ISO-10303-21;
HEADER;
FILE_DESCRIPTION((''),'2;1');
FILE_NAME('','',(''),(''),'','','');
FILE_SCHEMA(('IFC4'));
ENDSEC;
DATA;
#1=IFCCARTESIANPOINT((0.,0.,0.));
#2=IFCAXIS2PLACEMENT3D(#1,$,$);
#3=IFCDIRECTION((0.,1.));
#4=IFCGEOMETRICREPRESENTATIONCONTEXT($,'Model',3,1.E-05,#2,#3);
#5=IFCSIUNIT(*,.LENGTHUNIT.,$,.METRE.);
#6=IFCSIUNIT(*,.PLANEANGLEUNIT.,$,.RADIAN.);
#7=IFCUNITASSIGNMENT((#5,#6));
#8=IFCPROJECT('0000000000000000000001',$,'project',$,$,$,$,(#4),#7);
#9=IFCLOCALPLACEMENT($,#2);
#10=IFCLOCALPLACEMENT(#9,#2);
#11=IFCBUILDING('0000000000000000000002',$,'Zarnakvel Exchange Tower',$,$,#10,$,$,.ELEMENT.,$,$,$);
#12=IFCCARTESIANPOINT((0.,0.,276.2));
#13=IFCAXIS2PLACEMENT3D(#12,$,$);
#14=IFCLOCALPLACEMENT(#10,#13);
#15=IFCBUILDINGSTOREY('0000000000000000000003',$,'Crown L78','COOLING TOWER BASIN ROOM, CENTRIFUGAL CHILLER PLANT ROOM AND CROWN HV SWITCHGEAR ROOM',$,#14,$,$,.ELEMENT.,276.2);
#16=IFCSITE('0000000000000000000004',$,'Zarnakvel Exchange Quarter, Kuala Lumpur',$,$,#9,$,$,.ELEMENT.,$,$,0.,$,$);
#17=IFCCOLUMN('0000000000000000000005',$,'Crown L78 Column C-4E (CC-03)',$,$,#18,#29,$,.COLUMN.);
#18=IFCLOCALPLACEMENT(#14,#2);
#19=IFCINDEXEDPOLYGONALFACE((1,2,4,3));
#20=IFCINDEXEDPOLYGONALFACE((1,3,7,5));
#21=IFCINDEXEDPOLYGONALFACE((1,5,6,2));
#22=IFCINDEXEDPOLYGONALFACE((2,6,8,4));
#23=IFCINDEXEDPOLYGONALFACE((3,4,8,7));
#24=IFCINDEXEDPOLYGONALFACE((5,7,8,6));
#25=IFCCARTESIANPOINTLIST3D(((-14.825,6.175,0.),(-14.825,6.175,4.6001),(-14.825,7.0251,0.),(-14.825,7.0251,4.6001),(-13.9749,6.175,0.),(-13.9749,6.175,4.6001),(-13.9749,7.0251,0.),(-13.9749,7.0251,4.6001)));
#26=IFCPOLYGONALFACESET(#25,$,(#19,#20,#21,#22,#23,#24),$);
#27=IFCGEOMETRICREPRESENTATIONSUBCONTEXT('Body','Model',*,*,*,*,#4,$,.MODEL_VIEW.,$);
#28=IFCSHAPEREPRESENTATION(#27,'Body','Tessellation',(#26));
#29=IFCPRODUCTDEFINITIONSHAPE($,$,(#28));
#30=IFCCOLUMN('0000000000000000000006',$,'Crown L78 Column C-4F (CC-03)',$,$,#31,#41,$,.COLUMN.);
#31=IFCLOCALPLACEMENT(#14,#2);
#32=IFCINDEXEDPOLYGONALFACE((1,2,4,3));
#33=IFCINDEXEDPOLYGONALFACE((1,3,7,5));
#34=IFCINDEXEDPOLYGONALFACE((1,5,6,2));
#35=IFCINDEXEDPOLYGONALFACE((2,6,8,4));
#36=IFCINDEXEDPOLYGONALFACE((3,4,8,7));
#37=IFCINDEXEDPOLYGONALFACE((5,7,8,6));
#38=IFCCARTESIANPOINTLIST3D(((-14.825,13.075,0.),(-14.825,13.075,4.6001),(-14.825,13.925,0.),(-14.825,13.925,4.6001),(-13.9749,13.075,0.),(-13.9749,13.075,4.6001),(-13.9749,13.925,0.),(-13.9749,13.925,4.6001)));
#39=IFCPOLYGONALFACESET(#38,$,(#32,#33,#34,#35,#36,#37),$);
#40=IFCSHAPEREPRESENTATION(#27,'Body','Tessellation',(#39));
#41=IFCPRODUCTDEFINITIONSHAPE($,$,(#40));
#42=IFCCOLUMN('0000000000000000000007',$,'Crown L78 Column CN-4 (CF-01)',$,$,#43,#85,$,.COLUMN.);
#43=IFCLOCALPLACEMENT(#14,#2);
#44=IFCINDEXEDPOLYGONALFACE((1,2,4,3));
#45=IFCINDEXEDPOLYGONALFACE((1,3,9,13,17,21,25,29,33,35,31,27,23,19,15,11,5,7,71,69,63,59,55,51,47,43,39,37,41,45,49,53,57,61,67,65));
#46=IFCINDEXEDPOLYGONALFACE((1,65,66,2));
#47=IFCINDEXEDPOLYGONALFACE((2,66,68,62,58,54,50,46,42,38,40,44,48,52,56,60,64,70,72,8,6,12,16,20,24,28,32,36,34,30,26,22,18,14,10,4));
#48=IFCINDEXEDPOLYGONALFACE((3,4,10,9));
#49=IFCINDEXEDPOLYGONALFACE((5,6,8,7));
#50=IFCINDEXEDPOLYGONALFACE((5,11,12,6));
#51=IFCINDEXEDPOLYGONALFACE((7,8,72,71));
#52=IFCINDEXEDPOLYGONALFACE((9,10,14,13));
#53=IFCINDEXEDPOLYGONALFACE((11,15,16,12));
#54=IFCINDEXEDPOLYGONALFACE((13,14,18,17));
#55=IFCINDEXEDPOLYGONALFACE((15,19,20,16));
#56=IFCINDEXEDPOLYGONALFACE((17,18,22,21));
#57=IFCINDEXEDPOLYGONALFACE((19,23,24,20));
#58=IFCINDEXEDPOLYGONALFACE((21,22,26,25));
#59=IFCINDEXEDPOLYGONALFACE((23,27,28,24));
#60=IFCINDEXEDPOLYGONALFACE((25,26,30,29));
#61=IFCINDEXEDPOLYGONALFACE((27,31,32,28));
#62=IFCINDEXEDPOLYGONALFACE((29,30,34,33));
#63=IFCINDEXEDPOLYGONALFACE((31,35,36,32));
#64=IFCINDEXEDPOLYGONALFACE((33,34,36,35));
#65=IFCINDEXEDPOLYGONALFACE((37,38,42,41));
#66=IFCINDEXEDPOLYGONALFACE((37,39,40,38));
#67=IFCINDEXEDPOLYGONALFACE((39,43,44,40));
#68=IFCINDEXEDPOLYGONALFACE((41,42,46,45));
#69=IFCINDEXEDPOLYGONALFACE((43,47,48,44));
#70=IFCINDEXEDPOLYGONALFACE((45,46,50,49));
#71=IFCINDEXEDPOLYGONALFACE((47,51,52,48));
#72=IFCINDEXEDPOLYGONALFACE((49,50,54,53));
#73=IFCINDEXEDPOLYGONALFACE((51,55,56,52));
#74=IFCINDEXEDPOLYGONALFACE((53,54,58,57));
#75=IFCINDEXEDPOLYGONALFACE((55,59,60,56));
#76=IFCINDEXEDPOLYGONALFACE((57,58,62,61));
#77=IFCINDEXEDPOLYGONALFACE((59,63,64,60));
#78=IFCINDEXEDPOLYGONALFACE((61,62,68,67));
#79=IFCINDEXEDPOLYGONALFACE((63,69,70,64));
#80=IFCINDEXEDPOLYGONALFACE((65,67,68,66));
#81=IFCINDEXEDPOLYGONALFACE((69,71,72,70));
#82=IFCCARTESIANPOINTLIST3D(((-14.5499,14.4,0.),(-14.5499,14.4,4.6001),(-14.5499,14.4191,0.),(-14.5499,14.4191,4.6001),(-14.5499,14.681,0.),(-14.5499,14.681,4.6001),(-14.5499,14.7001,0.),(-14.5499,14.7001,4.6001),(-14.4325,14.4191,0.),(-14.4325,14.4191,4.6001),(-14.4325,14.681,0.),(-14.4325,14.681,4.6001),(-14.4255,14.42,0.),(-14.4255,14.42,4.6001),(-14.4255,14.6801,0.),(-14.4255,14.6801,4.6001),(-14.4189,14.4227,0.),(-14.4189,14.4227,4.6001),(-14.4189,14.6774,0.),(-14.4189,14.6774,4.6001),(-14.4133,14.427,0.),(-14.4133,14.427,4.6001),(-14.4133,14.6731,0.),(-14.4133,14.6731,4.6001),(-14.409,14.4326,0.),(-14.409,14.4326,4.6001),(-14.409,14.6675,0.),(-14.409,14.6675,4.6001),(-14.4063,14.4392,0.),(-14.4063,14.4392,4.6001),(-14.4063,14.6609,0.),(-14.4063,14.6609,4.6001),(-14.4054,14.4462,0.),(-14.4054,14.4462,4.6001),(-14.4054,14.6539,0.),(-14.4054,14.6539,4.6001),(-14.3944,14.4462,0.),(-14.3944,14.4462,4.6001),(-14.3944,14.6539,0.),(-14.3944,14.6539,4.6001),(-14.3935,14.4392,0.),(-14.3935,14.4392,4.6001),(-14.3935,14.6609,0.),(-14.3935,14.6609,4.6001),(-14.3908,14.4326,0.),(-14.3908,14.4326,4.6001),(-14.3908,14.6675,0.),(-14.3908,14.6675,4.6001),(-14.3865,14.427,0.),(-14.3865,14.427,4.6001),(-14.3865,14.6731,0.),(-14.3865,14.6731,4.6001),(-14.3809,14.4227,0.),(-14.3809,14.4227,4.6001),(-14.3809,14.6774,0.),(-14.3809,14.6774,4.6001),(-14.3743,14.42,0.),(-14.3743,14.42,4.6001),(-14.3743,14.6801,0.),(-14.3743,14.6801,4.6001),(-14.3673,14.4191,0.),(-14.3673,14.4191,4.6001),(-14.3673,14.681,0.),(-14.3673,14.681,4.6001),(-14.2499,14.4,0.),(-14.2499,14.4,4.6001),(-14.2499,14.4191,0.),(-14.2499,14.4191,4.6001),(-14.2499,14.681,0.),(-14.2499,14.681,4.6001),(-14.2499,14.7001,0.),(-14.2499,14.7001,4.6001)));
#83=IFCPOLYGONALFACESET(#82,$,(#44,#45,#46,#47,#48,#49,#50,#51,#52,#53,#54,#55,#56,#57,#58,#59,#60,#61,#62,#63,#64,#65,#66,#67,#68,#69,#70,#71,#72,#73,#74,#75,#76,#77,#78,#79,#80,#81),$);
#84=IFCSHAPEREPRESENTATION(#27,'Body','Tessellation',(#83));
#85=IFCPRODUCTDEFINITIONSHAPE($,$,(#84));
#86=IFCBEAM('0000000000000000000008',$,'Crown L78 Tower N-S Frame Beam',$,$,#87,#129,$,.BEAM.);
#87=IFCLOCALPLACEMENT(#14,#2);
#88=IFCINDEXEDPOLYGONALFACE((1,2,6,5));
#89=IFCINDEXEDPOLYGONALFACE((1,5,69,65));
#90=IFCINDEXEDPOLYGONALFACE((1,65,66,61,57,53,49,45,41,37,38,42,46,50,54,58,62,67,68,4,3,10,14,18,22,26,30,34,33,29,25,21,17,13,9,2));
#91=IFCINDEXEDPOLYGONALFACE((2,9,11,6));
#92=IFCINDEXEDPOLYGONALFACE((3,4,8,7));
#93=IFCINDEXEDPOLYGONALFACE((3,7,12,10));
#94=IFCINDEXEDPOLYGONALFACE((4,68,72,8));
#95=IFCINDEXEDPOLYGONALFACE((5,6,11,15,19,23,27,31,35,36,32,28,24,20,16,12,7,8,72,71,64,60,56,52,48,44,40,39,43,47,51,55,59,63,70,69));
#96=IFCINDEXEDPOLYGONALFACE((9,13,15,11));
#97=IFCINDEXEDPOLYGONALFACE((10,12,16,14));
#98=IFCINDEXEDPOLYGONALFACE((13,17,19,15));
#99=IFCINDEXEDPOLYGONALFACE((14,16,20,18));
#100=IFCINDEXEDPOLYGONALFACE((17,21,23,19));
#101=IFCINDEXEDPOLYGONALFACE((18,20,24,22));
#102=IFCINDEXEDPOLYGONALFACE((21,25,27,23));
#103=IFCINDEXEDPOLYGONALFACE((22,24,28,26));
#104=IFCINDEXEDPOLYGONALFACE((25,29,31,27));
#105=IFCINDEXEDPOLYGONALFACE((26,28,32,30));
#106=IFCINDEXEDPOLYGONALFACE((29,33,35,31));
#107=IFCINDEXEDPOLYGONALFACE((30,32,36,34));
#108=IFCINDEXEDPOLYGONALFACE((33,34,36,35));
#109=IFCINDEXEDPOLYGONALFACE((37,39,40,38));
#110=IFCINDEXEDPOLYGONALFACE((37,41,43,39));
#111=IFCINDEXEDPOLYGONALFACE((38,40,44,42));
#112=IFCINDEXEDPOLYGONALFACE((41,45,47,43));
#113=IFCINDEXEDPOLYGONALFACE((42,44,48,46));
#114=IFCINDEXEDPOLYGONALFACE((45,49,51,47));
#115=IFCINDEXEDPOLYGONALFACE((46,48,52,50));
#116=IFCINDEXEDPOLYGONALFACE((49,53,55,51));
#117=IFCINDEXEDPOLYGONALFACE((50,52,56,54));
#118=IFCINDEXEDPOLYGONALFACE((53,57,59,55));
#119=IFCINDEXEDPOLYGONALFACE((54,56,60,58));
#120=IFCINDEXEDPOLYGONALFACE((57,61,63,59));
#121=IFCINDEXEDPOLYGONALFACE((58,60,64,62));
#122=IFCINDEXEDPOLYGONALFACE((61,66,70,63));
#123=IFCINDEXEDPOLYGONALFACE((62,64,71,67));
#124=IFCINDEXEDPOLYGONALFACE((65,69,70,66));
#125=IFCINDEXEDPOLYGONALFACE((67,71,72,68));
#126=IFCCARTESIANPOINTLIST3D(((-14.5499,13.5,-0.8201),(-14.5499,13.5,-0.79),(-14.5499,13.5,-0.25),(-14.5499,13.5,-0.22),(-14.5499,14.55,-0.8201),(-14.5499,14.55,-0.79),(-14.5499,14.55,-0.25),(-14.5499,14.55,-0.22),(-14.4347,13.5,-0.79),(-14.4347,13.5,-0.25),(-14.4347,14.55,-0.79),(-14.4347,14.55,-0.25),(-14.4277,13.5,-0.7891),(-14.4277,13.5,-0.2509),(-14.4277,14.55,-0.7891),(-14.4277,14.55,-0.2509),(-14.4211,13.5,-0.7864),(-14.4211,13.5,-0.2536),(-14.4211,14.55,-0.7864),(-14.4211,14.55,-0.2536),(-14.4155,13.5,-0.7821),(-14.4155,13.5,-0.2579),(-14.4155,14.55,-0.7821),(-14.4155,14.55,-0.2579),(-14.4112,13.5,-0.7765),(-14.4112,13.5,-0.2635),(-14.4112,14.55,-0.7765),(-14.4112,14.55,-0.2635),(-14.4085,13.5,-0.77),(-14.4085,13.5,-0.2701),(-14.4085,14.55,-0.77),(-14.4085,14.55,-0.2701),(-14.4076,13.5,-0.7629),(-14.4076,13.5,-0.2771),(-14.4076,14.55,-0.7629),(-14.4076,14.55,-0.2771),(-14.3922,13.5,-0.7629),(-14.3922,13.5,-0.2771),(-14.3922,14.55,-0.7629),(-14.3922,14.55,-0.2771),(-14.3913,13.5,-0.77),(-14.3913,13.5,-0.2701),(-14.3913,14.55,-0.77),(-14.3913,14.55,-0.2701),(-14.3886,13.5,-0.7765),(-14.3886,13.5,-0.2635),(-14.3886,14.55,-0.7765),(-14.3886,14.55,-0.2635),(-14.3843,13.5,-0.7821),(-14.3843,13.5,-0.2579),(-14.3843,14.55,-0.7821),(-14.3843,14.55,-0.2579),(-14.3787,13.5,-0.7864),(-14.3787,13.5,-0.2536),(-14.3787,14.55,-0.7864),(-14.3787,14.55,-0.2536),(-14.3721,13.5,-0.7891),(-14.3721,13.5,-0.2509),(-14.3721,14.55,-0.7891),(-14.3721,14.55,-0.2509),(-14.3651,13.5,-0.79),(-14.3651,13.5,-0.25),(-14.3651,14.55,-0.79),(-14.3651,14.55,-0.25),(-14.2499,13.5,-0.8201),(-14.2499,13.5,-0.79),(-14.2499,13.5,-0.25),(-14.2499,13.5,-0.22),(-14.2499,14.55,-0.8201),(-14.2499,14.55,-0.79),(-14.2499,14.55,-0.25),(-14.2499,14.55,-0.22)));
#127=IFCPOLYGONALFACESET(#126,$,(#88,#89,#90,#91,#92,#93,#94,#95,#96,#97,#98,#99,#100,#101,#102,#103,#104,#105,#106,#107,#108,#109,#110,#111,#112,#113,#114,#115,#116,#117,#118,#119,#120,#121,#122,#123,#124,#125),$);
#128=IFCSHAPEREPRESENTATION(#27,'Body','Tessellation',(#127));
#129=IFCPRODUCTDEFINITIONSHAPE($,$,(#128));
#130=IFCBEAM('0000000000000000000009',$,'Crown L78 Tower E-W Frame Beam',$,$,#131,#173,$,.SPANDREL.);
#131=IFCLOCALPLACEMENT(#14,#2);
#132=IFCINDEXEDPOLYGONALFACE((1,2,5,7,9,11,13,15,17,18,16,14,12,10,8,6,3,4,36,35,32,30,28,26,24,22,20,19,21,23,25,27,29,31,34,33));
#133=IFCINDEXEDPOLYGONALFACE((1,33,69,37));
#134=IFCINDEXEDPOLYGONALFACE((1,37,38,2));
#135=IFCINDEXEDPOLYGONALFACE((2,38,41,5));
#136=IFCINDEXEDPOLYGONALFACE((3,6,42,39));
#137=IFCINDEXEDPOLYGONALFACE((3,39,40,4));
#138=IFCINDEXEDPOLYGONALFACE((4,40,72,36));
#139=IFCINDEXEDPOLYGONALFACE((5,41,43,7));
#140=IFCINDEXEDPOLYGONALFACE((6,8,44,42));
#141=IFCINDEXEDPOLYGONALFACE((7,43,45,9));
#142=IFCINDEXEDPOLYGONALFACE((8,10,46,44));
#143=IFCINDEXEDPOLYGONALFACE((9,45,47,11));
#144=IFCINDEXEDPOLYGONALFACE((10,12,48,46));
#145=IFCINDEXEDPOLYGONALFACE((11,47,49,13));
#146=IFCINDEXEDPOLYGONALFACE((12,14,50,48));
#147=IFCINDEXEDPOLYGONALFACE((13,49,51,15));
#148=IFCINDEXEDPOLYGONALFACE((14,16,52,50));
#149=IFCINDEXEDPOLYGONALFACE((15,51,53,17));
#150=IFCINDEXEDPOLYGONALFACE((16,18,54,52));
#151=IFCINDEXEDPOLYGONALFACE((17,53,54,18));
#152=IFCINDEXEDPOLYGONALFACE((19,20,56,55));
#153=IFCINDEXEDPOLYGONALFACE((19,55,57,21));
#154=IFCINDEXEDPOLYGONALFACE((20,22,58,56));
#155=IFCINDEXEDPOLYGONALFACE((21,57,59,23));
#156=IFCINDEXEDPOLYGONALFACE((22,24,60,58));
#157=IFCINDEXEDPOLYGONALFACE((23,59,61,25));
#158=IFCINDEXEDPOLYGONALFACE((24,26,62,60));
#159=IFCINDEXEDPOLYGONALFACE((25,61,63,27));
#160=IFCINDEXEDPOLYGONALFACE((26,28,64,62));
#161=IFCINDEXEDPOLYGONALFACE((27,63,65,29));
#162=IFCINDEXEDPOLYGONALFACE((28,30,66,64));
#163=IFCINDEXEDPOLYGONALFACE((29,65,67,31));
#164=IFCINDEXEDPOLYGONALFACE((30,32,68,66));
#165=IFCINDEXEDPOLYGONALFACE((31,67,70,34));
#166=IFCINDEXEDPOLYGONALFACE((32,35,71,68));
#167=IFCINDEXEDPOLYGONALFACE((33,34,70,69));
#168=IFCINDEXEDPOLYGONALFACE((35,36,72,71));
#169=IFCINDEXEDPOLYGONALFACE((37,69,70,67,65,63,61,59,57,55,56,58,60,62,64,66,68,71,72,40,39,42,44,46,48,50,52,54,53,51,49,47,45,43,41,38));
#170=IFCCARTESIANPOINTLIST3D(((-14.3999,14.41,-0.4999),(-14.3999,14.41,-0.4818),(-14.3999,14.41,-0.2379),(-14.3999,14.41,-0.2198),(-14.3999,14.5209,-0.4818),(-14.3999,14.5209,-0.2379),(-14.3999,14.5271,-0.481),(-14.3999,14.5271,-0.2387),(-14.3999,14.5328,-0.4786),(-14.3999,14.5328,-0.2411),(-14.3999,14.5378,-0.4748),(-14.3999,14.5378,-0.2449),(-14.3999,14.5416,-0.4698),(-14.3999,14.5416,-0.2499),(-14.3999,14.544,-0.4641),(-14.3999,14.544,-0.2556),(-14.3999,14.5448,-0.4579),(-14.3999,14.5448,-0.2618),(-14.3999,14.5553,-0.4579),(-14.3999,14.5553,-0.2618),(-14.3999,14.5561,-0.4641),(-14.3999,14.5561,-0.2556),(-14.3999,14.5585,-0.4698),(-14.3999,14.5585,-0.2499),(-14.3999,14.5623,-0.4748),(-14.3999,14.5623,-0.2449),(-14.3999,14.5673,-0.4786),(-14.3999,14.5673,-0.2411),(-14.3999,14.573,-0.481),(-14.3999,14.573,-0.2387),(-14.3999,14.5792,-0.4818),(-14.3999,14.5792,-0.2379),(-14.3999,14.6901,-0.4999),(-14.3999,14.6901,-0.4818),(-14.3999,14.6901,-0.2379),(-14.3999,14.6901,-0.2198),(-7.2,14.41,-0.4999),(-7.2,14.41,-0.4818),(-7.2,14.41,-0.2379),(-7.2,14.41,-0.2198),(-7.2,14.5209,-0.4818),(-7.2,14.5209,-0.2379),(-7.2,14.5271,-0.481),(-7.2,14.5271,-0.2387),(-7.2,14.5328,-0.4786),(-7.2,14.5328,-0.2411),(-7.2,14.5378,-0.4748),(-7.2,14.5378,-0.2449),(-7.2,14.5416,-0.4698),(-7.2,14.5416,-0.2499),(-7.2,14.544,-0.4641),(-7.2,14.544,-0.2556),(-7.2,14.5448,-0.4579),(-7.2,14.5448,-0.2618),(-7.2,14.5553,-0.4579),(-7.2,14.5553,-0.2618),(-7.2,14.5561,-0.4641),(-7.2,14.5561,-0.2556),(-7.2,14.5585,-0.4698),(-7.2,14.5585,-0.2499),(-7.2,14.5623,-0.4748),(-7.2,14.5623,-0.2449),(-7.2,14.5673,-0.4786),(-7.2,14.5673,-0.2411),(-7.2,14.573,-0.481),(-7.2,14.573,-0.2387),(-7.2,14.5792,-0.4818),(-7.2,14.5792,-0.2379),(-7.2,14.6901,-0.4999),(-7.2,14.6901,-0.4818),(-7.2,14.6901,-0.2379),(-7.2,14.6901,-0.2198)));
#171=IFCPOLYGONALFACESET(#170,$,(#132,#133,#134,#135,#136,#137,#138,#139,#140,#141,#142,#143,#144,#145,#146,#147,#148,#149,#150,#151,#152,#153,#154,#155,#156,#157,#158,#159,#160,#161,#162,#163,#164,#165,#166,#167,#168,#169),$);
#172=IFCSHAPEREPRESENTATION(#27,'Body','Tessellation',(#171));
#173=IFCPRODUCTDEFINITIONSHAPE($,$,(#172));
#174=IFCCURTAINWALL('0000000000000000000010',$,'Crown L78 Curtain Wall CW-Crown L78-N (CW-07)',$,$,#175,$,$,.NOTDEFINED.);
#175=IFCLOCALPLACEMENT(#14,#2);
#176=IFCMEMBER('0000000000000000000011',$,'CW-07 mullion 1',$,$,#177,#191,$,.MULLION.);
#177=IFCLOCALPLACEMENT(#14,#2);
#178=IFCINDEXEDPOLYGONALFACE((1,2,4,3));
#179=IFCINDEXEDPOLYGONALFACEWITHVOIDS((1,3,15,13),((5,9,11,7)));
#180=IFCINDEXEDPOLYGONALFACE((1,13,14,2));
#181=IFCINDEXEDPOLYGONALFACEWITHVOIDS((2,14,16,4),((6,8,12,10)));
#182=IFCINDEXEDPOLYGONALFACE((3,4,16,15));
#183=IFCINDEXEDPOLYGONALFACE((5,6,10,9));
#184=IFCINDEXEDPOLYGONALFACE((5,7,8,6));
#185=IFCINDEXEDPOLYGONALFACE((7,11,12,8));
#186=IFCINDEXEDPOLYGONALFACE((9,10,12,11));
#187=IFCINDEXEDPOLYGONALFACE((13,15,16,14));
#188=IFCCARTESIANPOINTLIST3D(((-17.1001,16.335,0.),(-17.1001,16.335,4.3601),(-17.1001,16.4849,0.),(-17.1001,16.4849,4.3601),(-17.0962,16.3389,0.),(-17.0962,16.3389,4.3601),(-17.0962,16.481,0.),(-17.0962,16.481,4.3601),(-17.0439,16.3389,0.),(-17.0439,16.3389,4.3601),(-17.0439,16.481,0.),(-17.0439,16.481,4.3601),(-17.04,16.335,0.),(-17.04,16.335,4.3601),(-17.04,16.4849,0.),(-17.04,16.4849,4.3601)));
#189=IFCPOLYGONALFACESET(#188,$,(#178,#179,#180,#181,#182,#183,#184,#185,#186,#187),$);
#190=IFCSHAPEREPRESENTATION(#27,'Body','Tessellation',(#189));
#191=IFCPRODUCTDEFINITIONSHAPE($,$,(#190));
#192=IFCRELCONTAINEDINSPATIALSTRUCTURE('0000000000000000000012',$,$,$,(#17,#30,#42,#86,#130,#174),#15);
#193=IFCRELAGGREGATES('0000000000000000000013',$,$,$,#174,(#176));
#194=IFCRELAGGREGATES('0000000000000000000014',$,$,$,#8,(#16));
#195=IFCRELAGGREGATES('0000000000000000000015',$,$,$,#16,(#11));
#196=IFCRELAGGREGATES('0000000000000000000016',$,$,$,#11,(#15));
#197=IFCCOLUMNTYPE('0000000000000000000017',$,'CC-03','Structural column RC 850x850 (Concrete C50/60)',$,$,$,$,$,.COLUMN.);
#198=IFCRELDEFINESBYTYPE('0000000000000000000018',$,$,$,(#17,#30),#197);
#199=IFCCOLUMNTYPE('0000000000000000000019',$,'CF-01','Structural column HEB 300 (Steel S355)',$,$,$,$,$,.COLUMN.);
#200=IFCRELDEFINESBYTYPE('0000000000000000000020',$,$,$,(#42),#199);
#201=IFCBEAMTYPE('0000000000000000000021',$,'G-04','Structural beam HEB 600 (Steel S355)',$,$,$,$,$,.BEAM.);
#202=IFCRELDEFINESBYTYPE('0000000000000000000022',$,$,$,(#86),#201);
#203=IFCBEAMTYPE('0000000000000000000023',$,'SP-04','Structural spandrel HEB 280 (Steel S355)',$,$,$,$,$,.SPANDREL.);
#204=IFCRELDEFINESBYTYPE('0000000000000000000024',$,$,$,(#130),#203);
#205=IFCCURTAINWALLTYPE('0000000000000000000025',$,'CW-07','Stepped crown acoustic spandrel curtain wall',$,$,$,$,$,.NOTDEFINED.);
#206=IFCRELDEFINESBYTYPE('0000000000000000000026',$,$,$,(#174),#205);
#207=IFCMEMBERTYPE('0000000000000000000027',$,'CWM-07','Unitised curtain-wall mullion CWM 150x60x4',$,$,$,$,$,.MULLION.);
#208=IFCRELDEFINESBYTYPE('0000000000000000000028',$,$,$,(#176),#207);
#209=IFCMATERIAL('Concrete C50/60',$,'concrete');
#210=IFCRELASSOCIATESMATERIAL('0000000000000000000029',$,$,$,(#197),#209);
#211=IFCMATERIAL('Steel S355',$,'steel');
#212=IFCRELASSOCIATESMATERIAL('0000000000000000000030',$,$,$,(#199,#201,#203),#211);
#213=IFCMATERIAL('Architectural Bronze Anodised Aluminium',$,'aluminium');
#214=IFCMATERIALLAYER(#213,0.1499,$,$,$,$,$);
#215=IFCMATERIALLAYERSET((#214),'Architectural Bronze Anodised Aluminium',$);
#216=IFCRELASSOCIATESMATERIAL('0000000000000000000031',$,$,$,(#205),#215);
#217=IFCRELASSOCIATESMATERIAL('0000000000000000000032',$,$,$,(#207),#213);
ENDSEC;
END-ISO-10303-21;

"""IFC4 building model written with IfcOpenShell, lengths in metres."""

from ifc_helpers import new_model, si_unit, direction, frame, origin, origin_2d, place, context, subcontext, project, spatial, rectangle, hollow_rectangle, i_section, extrude, source, transform, mapped, material, layer, layer_set, material_profile, profile_set, type_object, element, aggregate, save


model = new_model("IFC4")

# Units and contexts
model_context = context("Model", 3, precision=1e-05, world=origin(), true_north=direction((0.0, 1.0)))
body_context = subcontext(model_context, "Body", "Model", "MODEL_VIEW")
ifc_project = project(units=[si_unit("LENGTHUNIT", "METRE"), si_unit("PLANEANGLEUNIT", "RADIAN")], contexts=[model_context])

# Site, building, storey
site_placement = place(None, origin())
site = spatial("IfcSite", under=ifc_project, at=site_placement, Name="Zarnakvel Exchange Quarter, Kuala Lumpur", CompositionType="ELEMENT", RefElevation=0.0)
building_placement = place(site_placement, origin())
building = spatial("IfcBuilding", under=site, at=building_placement, Name="Zarnakvel Exchange Tower", CompositionType="ELEMENT")
storey_placement = place(building_placement, frame((0.0, 0.0, 276.2)))
storey = spatial("IfcBuildingStorey", under=building, at=storey_placement, Name="Crown L78", Description="COOLING TOWER BASIN ROOM, CENTRIFUGAL CHILLER PLANT ROOM AND CROWN HV SWITCHGEAR ROOM", CompositionType="ELEMENT", Elevation=276.2)

# Columns
ifc_material_1 = material(Name="Concrete C50/60", Category="concrete")
ifc_material_profile_1 = material_profile(ifc_material_1, rectangle(XDim=0.8501, YDim=0.8501, at=origin_2d()))
ifc_profile_set_1 = profile_set([ifc_material_profile_1], Name="Concrete C50/60")
column_type_1 = type_object("IfcColumnType", Name="CC-03", Description="Structural column RC 850x850 (Concrete C50/60)", PredefinedType="COLUMN", material=ifc_profile_set_1)
for number, where, z_axis, x_axis, name in (
    (1, (-14.3999, 6.6001, 0.0), (0.0, 0.0, 1.0), (1.0, 0.0, 0.0), "Crown L78 Column C-4E (CC-03)"),
    (2, (-14.3999, 13.5, 0.0), (0.0, 0.0, 1.0), (1.0, 0.0, 0.0), "Crown L78 Column C-4F (CC-03)"),
):
    element("IfcColumn", number, at=place(storey_placement, frame(where, z_axis=z_axis, x_axis=x_axis)), inside=storey, type_object=column_type_1, Name=name, PredefinedType="COLUMN", context=body_context, shape_type="SweptSolid", body=[
        extrude(rectangle(XDim=0.8501, YDim=0.8501, at=origin_2d()), origin(), (0.0, 0.0, 1.0), 4.6001),
    ])
ifc_material_2 = material(Name="Steel S355", Category="steel")
ifc_material_profile_2 = material_profile(ifc_material_2, i_section(OverallWidth=0.3, OverallDepth=0.3, WebThickness=0.011, FlangeThickness=0.019, FilletRadius=0.0271, at=origin_2d()))
ifc_profile_set_2 = profile_set([ifc_material_profile_2], Name="Steel S355")
column_type_2 = type_object("IfcColumnType", Name="CF-01", Description="Structural column HEB 300 (Steel S355)", PredefinedType="COLUMN", material=ifc_profile_set_2)
column_placement = place(storey_placement, frame((-14.3999, 14.55, 0.0), z_axis=(0.0, 0.0, 1.0), x_axis=(1.0, 0.0, 0.0)))
element("IfcColumn", 3, at=column_placement, inside=storey, type_object=column_type_2, Name="Crown L78 Column CN-4 (CF-01)", PredefinedType="COLUMN", context=body_context, shape_type="SweptSolid", body=[
    extrude(i_section(OverallWidth=0.3, OverallDepth=0.3, WebThickness=0.011, FlangeThickness=0.019, FilletRadius=0.0271, at=origin_2d()), origin(), (0.0, 0.0, 1.0), 4.6001),
])

# Beams
ifc_material_profile_3 = material_profile(ifc_material_2, i_section(OverallWidth=0.3, OverallDepth=0.6001, WebThickness=0.0154, FlangeThickness=0.03, FilletRadius=0.0271, at=origin_2d()))
ifc_profile_set_3 = profile_set([ifc_material_profile_3], Name="Steel S355")
beam_type_1 = type_object("IfcBeamType", Name="G-04", Description="Structural beam HEB 600 (Steel S355)", PredefinedType="BEAM", material=ifc_profile_set_3)
beam_1_placement = place(storey_placement, frame((-14.3999, 13.5, -0.52), z_axis=(0.0, 1.0, 0.0), x_axis=(-1.0, 0.0, 0.0)))
element("IfcBeam", 4, at=beam_1_placement, inside=storey, type_object=beam_type_1, Name="Crown L78 Tower N-S Frame Beam", PredefinedType="BEAM", context=body_context, shape_type="SweptSolid", body=[
    extrude(i_section(OverallWidth=0.3, OverallDepth=0.6001, WebThickness=0.0154, FlangeThickness=0.03, FilletRadius=0.0271, at=origin_2d()), origin(), (0.0, 0.0, 1.0), 1.05),
])
ifc_material_profile_4 = material_profile(ifc_material_2, i_section(OverallWidth=0.28, OverallDepth=0.28, WebThickness=0.0105, FlangeThickness=0.0181, FilletRadius=0.0239, at=origin_2d()))
ifc_profile_set_4 = profile_set([ifc_material_profile_4], Name="Steel S355")
beam_type_2 = type_object("IfcBeamType", Name="SP-04", Description="Structural spandrel HEB 280 (Steel S355)", PredefinedType="SPANDREL", material=ifc_profile_set_4)
beam_2_placement = place(storey_placement, frame((-14.3999, 14.55, -0.3599), z_axis=(1.0, 0.0, 0.0), x_axis=(0.0, 1.0, 0.0)))
element("IfcBeam", 5, at=beam_2_placement, inside=storey, type_object=beam_type_2, Name="Crown L78 Tower E-W Frame Beam", PredefinedType="SPANDREL", context=body_context, shape_type="SweptSolid", body=[
    extrude(i_section(OverallWidth=0.28, OverallDepth=0.28, WebThickness=0.0105, FlangeThickness=0.0181, FilletRadius=0.0239, at=origin_2d()), origin(), (0.0, 0.0, 1.0), 7.2),
])

# Curtain wall, member
ifc_material_3 = material(Name="Architectural Bronze Anodised Aluminium", Category="aluminium")
ifc_layer_1 = layer(ifc_material_3, 0.1499)
ifc_layer_set_1 = layer_set([ifc_layer_1], Name="Architectural Bronze Anodised Aluminium")
curtain_wall_type = type_object("IfcCurtainWallType", Name="CW-07", Description="Stepped crown acoustic spandrel curtain wall", PredefinedType="NOTDEFINED", material=ifc_layer_set_1)
curtain_wall_1_placement = place(storey_placement, origin())
curtain_wall_1 = element("IfcCurtainWall", 6, at=curtain_wall_1_placement, inside=storey, type_object=curtain_wall_type, Name="Crown L78 Curtain Wall CW-Crown L78-N (CW-07)", PredefinedType="NOTDEFINED")
ifc_material_profile_5 = material_profile(ifc_material_3, hollow_rectangle(XDim=0.1499, YDim=0.0601, WallThickness=0.0039, at=origin_2d()))
ifc_profile_set_5 = profile_set([ifc_material_profile_5], Name="Architectural Bronze Anodised Aluminium")
member_type_1 = type_object("IfcMemberType", Name="CWM-07", Description="Unitised curtain-wall mullion CWM 150x60x4", PredefinedType="MULLION", material=ifc_profile_set_5)
shared_shape_1 = source(origin(), body_context, "Body", "SweptSolid", [
    extrude(hollow_rectangle(XDim=0.1499, YDim=0.0601, WallThickness=0.0039, at=origin_2d()), origin(), (0.0, 0.0, 1.0), 4.3601),
])
member_1_placement = place(storey_placement, frame((-17.0701, 16.4099, 0.0), z_axis=(0.0, 0.0, 1.0), x_axis=(0.0, 1.0, 0.0)))
member_1 = element("IfcMember", 7, at=member_1_placement, type_object=member_type_1, Name="CW-07 mullion 1", PredefinedType="MULLION", context=body_context, shape_type="MappedRepresentation", body=[
    mapped(shared_shape_1, transform((0.0, 0.0, 0.0), x_axis=(1.0, 0.0, 0.0), y_axis=(0.0, 1.0, 0.0), z_axis=(0.0, 0.0, 1.0), scale=1.0)),
])

aggregate(curtain_wall_1, [member_1])

save(model, "model.ifc")
